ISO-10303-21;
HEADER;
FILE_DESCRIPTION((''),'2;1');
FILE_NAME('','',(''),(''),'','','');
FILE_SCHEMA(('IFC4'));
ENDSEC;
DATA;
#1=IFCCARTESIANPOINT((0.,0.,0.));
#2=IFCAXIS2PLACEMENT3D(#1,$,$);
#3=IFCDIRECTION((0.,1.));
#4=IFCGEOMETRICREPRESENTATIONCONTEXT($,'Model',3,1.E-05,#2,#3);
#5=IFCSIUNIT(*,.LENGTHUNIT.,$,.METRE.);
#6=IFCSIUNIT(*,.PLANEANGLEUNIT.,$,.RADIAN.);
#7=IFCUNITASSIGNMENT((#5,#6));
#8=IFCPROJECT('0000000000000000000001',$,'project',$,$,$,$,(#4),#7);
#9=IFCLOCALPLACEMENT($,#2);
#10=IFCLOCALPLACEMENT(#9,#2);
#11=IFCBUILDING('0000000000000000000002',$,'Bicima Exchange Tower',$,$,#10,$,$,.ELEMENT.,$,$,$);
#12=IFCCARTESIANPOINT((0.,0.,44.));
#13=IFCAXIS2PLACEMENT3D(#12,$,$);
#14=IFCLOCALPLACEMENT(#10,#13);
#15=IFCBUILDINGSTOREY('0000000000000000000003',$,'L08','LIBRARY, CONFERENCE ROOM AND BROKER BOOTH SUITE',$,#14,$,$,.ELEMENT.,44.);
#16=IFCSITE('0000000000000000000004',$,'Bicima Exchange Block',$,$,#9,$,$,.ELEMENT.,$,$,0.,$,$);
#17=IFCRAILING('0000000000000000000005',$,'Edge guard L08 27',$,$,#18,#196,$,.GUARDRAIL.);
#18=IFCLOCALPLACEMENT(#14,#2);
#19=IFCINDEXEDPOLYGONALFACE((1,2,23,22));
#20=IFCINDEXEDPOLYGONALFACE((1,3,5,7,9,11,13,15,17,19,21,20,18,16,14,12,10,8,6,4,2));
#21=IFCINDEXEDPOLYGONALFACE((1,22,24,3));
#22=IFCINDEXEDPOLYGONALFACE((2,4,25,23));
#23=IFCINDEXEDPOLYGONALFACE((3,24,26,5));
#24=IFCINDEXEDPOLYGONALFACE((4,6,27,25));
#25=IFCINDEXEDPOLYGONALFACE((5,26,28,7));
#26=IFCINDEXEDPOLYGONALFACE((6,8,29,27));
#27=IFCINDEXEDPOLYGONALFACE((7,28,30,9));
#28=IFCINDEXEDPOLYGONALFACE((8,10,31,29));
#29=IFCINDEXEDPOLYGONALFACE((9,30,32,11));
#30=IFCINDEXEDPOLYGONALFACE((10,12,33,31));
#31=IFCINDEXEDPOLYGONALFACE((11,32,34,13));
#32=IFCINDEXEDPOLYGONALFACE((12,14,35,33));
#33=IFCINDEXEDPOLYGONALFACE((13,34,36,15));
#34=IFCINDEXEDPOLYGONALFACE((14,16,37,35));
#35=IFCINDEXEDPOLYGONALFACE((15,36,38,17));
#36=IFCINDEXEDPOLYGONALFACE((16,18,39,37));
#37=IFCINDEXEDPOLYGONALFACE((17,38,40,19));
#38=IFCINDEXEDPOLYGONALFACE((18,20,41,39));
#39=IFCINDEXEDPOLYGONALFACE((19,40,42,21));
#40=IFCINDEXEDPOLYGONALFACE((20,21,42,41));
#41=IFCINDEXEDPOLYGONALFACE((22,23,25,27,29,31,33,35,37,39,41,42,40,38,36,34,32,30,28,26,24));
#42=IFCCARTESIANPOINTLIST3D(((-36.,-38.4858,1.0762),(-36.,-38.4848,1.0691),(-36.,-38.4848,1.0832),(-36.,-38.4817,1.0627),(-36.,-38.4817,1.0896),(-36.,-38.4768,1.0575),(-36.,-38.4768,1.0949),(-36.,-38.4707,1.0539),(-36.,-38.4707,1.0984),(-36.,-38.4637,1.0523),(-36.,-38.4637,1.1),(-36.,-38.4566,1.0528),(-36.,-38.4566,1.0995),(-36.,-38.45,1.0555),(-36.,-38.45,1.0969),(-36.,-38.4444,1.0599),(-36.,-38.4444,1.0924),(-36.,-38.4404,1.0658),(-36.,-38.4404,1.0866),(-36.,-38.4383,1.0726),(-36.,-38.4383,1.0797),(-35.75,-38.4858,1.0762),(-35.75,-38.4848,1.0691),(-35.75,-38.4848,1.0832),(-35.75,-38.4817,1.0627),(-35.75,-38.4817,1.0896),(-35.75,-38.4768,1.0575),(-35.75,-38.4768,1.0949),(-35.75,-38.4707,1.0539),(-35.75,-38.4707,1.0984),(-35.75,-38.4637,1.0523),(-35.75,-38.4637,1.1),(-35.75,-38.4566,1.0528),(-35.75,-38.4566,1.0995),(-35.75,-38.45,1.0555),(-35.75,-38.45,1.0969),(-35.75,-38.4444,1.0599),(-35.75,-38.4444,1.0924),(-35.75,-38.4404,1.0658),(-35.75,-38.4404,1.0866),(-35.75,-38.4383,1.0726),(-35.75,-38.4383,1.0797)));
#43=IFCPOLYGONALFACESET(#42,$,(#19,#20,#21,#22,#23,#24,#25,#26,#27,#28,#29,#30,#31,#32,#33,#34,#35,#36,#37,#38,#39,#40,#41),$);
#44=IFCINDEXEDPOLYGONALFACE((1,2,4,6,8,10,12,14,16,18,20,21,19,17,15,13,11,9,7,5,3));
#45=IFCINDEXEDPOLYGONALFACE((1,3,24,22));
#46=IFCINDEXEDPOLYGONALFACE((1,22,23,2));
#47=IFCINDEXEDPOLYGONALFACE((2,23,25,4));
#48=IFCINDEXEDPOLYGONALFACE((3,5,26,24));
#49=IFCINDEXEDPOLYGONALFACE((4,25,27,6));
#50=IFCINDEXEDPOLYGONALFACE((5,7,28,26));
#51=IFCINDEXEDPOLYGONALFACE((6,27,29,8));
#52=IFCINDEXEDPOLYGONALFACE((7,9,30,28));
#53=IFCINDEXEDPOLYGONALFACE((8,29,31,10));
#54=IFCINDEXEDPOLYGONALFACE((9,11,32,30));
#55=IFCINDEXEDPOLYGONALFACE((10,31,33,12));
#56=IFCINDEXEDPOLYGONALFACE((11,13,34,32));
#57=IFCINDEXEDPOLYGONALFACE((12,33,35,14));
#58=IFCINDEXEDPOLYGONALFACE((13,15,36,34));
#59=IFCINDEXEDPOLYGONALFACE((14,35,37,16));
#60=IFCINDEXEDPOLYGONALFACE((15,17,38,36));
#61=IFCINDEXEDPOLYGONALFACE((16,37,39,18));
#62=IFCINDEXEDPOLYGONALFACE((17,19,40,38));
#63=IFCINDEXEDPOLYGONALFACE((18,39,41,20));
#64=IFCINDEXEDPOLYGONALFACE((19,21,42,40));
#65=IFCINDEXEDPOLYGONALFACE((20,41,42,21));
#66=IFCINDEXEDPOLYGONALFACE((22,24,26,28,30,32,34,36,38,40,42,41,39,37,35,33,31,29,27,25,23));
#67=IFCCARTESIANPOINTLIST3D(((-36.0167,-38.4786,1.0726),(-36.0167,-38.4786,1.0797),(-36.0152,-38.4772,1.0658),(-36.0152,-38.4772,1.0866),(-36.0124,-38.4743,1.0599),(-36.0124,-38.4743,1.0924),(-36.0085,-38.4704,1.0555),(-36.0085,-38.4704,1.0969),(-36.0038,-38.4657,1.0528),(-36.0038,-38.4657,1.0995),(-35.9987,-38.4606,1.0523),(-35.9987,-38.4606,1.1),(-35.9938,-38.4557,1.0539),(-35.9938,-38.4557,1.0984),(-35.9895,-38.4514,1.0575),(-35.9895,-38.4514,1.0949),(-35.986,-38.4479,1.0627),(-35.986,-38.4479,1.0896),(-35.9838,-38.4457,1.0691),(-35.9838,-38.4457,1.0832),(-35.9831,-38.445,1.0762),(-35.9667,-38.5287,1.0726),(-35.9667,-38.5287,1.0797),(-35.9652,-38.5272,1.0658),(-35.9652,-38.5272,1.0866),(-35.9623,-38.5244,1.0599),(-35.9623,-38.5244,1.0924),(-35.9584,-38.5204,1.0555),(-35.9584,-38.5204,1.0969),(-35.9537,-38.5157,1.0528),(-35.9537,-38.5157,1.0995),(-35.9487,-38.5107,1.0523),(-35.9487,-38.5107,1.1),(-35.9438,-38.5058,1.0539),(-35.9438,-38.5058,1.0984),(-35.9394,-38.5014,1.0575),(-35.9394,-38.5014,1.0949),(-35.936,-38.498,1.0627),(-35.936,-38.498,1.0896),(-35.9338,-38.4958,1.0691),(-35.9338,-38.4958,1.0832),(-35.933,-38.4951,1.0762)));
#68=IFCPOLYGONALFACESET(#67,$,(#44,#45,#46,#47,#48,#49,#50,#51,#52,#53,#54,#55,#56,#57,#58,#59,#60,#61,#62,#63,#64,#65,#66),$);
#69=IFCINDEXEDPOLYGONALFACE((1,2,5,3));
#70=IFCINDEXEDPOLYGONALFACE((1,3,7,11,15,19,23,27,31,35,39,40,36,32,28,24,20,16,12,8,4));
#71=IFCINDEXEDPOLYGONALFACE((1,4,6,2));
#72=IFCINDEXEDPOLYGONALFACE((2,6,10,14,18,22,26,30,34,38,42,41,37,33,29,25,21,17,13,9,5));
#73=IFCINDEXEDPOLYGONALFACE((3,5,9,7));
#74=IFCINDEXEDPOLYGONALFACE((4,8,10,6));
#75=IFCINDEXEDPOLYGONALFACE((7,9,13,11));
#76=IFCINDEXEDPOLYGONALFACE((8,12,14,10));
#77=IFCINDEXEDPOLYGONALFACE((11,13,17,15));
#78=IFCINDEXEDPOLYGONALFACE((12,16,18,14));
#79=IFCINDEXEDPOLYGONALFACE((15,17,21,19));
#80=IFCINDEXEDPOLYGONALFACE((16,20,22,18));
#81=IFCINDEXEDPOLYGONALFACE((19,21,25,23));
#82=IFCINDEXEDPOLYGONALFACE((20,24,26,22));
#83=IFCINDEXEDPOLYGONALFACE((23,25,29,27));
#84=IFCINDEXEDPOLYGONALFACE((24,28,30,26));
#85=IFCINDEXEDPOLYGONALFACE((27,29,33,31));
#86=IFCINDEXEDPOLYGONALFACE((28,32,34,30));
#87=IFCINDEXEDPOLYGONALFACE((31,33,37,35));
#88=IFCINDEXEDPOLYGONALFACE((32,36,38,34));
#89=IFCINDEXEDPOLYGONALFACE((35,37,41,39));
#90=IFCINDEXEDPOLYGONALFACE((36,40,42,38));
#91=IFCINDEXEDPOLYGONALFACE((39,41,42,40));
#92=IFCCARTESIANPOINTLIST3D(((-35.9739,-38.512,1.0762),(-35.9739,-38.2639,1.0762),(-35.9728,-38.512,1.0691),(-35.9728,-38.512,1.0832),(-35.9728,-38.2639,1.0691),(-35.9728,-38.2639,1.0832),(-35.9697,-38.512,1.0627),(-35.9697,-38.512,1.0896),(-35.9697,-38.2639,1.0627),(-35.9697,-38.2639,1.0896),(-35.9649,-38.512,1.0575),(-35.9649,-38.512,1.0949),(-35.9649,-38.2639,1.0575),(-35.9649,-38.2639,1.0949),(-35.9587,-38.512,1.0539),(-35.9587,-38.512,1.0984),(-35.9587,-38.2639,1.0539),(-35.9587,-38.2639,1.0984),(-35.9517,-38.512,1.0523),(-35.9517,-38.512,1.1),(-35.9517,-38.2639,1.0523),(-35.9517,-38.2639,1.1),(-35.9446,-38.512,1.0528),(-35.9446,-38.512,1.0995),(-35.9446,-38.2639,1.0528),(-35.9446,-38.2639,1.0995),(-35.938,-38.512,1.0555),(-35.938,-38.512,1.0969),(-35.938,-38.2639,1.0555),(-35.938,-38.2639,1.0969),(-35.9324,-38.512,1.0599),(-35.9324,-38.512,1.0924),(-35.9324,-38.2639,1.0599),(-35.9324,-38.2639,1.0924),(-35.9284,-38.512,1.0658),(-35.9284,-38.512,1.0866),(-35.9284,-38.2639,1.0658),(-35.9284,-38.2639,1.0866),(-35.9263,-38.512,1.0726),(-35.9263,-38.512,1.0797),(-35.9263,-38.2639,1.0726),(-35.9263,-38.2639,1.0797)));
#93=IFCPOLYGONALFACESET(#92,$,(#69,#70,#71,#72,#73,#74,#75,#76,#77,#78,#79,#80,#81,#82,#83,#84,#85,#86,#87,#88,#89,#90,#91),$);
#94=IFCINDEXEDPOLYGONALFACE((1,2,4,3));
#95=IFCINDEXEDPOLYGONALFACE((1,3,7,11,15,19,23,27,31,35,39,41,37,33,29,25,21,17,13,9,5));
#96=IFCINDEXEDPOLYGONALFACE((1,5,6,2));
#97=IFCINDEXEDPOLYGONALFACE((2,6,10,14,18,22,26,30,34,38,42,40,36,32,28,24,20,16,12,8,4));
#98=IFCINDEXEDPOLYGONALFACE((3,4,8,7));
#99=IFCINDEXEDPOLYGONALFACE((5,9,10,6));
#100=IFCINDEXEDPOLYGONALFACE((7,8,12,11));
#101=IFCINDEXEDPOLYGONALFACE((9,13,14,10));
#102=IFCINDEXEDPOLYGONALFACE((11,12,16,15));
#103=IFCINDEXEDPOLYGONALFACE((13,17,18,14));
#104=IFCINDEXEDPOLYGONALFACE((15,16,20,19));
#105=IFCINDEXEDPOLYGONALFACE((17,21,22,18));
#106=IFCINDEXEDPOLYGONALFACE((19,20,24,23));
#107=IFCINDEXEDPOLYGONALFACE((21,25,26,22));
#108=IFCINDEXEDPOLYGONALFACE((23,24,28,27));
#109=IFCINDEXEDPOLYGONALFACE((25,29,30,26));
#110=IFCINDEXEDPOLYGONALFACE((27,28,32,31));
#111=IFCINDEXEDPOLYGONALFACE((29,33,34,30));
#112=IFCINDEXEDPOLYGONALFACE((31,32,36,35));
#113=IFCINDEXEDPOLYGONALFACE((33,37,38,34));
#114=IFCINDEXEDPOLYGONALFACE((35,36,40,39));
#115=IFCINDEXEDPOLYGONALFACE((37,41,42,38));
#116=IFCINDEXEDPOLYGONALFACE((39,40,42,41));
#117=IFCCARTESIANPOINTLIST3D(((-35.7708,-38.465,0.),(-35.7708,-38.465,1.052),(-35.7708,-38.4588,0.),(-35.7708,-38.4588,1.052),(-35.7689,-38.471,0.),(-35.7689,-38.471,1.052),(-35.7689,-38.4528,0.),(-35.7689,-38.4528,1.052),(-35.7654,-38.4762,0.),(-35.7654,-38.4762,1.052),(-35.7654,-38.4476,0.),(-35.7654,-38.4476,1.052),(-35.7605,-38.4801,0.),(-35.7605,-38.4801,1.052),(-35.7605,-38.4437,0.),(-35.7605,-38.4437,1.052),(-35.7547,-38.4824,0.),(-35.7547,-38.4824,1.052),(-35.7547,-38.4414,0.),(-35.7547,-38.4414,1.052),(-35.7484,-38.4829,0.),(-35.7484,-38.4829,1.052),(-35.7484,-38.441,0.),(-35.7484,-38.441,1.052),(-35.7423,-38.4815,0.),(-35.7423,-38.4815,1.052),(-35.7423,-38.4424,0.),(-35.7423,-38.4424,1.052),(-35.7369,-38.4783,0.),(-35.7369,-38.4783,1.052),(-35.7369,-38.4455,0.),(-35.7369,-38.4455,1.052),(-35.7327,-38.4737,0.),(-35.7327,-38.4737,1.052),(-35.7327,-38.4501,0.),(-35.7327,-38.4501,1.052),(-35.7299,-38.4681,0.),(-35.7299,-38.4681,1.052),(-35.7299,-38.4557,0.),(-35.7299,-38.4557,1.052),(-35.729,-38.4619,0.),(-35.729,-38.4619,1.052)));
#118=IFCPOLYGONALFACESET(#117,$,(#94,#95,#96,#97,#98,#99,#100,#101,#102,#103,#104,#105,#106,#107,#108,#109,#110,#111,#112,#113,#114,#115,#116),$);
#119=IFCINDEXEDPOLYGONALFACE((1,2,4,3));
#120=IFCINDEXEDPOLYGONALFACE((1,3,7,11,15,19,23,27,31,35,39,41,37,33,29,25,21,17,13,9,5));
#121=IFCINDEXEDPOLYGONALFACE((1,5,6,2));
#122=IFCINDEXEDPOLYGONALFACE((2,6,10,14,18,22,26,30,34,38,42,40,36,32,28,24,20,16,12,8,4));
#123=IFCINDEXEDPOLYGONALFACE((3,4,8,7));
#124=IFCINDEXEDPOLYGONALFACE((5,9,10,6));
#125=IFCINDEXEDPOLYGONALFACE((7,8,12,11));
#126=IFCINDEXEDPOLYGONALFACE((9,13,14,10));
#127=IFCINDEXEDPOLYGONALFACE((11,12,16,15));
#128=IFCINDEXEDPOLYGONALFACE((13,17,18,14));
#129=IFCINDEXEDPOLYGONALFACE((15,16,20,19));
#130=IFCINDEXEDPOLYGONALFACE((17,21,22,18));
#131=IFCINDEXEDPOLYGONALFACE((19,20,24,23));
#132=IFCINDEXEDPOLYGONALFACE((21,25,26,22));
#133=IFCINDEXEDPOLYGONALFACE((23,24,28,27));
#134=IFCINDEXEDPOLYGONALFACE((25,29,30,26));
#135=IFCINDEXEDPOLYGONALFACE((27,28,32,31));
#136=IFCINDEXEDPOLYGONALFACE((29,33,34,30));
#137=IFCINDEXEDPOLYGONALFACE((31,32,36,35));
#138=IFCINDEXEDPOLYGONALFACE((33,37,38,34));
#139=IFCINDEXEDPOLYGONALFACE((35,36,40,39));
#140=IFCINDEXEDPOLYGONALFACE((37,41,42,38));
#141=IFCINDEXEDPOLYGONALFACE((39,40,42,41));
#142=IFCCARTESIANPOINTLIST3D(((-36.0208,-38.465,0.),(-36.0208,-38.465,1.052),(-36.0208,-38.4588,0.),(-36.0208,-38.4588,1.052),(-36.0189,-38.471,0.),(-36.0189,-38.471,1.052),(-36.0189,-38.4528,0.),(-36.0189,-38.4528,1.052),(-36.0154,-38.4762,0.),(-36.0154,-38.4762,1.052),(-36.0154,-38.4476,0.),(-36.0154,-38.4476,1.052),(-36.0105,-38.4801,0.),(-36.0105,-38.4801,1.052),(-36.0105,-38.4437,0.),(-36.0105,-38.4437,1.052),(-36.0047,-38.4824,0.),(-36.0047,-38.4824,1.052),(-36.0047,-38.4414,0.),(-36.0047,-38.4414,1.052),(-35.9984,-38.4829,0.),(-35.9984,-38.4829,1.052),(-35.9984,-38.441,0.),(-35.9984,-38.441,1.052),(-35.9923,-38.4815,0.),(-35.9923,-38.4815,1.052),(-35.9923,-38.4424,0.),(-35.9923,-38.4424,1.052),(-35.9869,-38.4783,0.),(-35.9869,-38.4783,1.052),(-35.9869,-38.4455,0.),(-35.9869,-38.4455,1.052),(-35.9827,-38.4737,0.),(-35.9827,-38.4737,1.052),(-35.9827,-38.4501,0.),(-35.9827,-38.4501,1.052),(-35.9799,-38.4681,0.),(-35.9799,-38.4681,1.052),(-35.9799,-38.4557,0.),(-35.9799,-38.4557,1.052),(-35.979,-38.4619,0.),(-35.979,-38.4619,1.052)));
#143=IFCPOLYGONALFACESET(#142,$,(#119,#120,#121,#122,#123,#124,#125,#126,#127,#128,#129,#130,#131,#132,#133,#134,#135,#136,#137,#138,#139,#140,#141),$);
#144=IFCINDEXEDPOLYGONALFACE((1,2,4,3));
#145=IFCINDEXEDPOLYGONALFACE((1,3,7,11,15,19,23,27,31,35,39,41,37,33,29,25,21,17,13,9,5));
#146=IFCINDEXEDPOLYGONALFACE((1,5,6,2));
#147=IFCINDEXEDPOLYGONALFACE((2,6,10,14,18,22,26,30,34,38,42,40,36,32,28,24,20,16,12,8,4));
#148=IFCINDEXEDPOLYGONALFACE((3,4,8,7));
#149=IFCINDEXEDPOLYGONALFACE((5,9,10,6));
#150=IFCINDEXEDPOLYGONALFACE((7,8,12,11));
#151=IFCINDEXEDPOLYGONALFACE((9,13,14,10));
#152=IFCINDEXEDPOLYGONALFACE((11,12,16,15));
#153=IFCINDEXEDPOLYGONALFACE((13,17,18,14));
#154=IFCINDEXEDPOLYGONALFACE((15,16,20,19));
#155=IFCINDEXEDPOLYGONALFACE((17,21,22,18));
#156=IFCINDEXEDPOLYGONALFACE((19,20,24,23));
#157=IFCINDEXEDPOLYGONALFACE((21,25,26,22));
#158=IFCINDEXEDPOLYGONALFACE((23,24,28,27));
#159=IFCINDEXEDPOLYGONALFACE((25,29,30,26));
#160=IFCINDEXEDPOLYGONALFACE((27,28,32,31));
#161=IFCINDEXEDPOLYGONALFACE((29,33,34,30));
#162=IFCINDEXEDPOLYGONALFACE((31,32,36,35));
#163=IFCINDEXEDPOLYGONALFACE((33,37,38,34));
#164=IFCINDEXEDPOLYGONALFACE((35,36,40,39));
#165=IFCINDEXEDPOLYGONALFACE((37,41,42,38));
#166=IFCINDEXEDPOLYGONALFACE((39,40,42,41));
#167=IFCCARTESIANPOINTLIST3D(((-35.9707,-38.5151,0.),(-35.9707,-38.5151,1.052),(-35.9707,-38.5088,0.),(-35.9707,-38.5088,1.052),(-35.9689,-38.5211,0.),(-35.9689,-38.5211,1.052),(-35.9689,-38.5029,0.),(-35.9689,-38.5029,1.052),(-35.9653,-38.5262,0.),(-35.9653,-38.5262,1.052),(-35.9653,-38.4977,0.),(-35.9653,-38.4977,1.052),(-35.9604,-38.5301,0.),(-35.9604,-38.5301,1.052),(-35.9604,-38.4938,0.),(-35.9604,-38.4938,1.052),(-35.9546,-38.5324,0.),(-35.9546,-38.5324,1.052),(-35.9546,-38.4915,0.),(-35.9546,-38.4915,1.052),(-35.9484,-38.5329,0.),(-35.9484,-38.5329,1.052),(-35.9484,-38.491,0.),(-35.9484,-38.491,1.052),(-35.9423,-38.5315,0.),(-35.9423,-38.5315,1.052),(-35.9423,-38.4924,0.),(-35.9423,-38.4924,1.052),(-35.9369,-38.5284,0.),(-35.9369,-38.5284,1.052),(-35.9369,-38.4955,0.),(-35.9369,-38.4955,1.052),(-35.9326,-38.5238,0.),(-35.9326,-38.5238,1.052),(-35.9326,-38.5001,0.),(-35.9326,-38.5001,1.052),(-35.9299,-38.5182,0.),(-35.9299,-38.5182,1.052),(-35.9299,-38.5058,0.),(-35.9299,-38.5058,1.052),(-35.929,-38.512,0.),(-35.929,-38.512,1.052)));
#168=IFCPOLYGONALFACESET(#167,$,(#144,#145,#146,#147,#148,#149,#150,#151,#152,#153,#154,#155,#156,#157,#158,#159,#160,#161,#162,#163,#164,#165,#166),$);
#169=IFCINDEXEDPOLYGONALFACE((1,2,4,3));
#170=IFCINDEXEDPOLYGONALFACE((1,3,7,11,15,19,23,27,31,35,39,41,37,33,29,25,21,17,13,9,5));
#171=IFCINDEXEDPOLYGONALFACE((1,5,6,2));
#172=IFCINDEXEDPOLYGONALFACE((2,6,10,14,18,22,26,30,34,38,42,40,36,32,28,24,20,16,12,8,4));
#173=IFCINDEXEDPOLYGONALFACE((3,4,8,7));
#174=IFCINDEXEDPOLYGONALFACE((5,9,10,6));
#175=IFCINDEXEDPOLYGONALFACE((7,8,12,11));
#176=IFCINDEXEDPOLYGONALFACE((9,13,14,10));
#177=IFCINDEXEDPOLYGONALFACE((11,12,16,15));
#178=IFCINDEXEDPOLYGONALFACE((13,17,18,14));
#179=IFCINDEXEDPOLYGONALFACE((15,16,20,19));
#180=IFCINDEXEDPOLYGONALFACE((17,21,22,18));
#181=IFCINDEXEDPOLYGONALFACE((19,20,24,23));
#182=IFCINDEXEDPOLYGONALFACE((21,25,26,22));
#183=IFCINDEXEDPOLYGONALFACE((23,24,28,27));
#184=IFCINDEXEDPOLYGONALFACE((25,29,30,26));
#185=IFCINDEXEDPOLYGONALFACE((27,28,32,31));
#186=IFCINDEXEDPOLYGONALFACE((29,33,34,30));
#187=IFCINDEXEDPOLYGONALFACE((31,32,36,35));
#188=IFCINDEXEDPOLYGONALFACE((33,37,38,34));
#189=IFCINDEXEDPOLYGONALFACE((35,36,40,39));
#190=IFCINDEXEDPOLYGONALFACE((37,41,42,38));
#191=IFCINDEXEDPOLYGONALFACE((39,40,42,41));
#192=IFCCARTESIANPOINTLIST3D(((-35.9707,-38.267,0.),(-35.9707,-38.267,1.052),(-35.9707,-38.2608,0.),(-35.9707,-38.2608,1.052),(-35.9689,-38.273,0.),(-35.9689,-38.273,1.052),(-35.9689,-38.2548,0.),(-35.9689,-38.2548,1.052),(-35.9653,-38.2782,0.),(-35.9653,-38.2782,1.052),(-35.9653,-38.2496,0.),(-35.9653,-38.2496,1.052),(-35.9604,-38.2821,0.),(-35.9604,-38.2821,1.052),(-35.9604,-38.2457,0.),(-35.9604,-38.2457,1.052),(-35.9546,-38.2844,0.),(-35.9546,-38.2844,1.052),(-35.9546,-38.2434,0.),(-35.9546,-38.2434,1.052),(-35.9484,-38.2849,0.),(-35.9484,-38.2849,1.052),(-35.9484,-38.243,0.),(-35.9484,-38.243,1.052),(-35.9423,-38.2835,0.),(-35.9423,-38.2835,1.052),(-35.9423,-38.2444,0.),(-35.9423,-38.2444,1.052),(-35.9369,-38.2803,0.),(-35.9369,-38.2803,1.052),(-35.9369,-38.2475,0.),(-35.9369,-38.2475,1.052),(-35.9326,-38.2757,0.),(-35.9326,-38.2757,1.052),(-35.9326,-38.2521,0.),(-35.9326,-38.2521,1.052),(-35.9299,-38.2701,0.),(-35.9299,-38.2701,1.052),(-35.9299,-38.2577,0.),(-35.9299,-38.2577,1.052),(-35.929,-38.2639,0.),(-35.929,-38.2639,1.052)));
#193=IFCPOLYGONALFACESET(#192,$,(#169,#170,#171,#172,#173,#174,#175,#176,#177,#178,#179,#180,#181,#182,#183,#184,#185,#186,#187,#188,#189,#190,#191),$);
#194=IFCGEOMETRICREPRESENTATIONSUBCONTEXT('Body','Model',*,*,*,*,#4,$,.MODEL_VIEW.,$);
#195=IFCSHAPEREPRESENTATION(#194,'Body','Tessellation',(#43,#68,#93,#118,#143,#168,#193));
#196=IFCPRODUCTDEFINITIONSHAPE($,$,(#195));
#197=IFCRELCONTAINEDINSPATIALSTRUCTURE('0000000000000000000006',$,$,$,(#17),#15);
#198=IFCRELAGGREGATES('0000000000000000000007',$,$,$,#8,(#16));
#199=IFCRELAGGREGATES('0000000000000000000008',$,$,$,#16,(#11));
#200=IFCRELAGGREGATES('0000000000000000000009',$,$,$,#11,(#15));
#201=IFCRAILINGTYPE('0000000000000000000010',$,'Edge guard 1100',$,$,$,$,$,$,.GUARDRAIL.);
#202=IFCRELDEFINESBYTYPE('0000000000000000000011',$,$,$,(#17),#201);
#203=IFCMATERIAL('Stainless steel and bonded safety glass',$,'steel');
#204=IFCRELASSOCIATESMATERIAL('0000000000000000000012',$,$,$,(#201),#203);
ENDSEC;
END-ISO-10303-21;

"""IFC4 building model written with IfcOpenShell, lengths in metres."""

from ifc_helpers import new_model, si_unit, direction, frame, origin, origin_2d, place, context, subcontext, project, spatial, circle, extrude, material, type_object, element, save


model = new_model("IFC4")

# Units and contexts
model_context = context("Model", 3, precision=1e-05, world=origin(), true_north=direction((0.0, 1.0)))
body_context = subcontext(model_context, "Body", "Model", "MODEL_VIEW")
ifc_project = project(units=[si_unit("LENGTHUNIT", "METRE"), si_unit("PLANEANGLEUNIT", "RADIAN")], contexts=[model_context])

# Site, building, storey
site_placement = place(None, origin())
site = spatial("IfcSite", under=ifc_project, at=site_placement, Name="Bicima Exchange Block", CompositionType="ELEMENT", RefElevation=0.0)
building_placement = place(site_placement, origin())
building = spatial("IfcBuilding", under=site, at=building_placement, Name="Bicima Exchange Tower", CompositionType="ELEMENT")
storey_placement = place(building_placement, frame((0.0, 0.0, 44.0)))
storey = spatial("IfcBuildingStorey", under=building, at=storey_placement, Name="L08", Description="LIBRARY, CONFERENCE ROOM AND BROKER BOOTH SUITE", CompositionType="ELEMENT", Elevation=44.0)

# Railing
ifc_material_1 = material(Name="Stainless steel and bonded safety glass", Category="steel")
railing_type = type_object("IfcRailingType", Name="Edge guard 1100", PredefinedType="GUARDRAIL", material=ifc_material_1)
railing_1_placement = place(storey_placement, frame((-35.75, -38.4619, 0.0)))
element("IfcRailing", 1, at=railing_1_placement, inside=storey, type_object=railing_type, Name="Edge guard L08 27", PredefinedType="GUARDRAIL", context=body_context, shape_type="SweptSolid", body=[
    extrude(circle(Radius=0.0239, at=origin_2d()), frame((0.0, 0.0, 1.0762), z_axis=(-1.0, 0.0, 0.0), x_axis=(0.0, -1.0, 0.0)), (0.0, 0.0, 1.0), 0.25),
    extrude(circle(Radius=0.0239, at=origin_2d()), frame((-0.25, 0.0, 1.0762), z_axis=(0.707107, -0.707107, 0.0), x_axis=(0.707107, 0.707107, 0.0)), (0.0, 0.0, 1.0), 0.0708),
    extrude(circle(Radius=0.0239, at=origin_2d()), frame((-0.2, -0.05, 1.0762), z_axis=(0.0, 1.0, 0.0), x_axis=(-1.0, 0.0, 0.0)), (0.0, 0.0, 1.0), 0.248),
    extrude(circle(Radius=0.021, at=origin_2d()), origin(), (0.0, 0.0, 1.0), 1.052),
    extrude(circle(Radius=0.021, at=origin_2d()), frame((-0.25, 0.0, 0.0)), (0.0, 0.0, 1.0), 1.052),
    extrude(circle(Radius=0.021, at=origin_2d()), frame((-0.2, -0.05, 0.0)), (0.0, 0.0, 1.0), 1.052),
    extrude(circle(Radius=0.021, at=origin_2d()), frame((-0.2, 0.198, 0.0)), (0.0, 0.0, 1.0), 1.052),
])

save(model, "model.ifc")
